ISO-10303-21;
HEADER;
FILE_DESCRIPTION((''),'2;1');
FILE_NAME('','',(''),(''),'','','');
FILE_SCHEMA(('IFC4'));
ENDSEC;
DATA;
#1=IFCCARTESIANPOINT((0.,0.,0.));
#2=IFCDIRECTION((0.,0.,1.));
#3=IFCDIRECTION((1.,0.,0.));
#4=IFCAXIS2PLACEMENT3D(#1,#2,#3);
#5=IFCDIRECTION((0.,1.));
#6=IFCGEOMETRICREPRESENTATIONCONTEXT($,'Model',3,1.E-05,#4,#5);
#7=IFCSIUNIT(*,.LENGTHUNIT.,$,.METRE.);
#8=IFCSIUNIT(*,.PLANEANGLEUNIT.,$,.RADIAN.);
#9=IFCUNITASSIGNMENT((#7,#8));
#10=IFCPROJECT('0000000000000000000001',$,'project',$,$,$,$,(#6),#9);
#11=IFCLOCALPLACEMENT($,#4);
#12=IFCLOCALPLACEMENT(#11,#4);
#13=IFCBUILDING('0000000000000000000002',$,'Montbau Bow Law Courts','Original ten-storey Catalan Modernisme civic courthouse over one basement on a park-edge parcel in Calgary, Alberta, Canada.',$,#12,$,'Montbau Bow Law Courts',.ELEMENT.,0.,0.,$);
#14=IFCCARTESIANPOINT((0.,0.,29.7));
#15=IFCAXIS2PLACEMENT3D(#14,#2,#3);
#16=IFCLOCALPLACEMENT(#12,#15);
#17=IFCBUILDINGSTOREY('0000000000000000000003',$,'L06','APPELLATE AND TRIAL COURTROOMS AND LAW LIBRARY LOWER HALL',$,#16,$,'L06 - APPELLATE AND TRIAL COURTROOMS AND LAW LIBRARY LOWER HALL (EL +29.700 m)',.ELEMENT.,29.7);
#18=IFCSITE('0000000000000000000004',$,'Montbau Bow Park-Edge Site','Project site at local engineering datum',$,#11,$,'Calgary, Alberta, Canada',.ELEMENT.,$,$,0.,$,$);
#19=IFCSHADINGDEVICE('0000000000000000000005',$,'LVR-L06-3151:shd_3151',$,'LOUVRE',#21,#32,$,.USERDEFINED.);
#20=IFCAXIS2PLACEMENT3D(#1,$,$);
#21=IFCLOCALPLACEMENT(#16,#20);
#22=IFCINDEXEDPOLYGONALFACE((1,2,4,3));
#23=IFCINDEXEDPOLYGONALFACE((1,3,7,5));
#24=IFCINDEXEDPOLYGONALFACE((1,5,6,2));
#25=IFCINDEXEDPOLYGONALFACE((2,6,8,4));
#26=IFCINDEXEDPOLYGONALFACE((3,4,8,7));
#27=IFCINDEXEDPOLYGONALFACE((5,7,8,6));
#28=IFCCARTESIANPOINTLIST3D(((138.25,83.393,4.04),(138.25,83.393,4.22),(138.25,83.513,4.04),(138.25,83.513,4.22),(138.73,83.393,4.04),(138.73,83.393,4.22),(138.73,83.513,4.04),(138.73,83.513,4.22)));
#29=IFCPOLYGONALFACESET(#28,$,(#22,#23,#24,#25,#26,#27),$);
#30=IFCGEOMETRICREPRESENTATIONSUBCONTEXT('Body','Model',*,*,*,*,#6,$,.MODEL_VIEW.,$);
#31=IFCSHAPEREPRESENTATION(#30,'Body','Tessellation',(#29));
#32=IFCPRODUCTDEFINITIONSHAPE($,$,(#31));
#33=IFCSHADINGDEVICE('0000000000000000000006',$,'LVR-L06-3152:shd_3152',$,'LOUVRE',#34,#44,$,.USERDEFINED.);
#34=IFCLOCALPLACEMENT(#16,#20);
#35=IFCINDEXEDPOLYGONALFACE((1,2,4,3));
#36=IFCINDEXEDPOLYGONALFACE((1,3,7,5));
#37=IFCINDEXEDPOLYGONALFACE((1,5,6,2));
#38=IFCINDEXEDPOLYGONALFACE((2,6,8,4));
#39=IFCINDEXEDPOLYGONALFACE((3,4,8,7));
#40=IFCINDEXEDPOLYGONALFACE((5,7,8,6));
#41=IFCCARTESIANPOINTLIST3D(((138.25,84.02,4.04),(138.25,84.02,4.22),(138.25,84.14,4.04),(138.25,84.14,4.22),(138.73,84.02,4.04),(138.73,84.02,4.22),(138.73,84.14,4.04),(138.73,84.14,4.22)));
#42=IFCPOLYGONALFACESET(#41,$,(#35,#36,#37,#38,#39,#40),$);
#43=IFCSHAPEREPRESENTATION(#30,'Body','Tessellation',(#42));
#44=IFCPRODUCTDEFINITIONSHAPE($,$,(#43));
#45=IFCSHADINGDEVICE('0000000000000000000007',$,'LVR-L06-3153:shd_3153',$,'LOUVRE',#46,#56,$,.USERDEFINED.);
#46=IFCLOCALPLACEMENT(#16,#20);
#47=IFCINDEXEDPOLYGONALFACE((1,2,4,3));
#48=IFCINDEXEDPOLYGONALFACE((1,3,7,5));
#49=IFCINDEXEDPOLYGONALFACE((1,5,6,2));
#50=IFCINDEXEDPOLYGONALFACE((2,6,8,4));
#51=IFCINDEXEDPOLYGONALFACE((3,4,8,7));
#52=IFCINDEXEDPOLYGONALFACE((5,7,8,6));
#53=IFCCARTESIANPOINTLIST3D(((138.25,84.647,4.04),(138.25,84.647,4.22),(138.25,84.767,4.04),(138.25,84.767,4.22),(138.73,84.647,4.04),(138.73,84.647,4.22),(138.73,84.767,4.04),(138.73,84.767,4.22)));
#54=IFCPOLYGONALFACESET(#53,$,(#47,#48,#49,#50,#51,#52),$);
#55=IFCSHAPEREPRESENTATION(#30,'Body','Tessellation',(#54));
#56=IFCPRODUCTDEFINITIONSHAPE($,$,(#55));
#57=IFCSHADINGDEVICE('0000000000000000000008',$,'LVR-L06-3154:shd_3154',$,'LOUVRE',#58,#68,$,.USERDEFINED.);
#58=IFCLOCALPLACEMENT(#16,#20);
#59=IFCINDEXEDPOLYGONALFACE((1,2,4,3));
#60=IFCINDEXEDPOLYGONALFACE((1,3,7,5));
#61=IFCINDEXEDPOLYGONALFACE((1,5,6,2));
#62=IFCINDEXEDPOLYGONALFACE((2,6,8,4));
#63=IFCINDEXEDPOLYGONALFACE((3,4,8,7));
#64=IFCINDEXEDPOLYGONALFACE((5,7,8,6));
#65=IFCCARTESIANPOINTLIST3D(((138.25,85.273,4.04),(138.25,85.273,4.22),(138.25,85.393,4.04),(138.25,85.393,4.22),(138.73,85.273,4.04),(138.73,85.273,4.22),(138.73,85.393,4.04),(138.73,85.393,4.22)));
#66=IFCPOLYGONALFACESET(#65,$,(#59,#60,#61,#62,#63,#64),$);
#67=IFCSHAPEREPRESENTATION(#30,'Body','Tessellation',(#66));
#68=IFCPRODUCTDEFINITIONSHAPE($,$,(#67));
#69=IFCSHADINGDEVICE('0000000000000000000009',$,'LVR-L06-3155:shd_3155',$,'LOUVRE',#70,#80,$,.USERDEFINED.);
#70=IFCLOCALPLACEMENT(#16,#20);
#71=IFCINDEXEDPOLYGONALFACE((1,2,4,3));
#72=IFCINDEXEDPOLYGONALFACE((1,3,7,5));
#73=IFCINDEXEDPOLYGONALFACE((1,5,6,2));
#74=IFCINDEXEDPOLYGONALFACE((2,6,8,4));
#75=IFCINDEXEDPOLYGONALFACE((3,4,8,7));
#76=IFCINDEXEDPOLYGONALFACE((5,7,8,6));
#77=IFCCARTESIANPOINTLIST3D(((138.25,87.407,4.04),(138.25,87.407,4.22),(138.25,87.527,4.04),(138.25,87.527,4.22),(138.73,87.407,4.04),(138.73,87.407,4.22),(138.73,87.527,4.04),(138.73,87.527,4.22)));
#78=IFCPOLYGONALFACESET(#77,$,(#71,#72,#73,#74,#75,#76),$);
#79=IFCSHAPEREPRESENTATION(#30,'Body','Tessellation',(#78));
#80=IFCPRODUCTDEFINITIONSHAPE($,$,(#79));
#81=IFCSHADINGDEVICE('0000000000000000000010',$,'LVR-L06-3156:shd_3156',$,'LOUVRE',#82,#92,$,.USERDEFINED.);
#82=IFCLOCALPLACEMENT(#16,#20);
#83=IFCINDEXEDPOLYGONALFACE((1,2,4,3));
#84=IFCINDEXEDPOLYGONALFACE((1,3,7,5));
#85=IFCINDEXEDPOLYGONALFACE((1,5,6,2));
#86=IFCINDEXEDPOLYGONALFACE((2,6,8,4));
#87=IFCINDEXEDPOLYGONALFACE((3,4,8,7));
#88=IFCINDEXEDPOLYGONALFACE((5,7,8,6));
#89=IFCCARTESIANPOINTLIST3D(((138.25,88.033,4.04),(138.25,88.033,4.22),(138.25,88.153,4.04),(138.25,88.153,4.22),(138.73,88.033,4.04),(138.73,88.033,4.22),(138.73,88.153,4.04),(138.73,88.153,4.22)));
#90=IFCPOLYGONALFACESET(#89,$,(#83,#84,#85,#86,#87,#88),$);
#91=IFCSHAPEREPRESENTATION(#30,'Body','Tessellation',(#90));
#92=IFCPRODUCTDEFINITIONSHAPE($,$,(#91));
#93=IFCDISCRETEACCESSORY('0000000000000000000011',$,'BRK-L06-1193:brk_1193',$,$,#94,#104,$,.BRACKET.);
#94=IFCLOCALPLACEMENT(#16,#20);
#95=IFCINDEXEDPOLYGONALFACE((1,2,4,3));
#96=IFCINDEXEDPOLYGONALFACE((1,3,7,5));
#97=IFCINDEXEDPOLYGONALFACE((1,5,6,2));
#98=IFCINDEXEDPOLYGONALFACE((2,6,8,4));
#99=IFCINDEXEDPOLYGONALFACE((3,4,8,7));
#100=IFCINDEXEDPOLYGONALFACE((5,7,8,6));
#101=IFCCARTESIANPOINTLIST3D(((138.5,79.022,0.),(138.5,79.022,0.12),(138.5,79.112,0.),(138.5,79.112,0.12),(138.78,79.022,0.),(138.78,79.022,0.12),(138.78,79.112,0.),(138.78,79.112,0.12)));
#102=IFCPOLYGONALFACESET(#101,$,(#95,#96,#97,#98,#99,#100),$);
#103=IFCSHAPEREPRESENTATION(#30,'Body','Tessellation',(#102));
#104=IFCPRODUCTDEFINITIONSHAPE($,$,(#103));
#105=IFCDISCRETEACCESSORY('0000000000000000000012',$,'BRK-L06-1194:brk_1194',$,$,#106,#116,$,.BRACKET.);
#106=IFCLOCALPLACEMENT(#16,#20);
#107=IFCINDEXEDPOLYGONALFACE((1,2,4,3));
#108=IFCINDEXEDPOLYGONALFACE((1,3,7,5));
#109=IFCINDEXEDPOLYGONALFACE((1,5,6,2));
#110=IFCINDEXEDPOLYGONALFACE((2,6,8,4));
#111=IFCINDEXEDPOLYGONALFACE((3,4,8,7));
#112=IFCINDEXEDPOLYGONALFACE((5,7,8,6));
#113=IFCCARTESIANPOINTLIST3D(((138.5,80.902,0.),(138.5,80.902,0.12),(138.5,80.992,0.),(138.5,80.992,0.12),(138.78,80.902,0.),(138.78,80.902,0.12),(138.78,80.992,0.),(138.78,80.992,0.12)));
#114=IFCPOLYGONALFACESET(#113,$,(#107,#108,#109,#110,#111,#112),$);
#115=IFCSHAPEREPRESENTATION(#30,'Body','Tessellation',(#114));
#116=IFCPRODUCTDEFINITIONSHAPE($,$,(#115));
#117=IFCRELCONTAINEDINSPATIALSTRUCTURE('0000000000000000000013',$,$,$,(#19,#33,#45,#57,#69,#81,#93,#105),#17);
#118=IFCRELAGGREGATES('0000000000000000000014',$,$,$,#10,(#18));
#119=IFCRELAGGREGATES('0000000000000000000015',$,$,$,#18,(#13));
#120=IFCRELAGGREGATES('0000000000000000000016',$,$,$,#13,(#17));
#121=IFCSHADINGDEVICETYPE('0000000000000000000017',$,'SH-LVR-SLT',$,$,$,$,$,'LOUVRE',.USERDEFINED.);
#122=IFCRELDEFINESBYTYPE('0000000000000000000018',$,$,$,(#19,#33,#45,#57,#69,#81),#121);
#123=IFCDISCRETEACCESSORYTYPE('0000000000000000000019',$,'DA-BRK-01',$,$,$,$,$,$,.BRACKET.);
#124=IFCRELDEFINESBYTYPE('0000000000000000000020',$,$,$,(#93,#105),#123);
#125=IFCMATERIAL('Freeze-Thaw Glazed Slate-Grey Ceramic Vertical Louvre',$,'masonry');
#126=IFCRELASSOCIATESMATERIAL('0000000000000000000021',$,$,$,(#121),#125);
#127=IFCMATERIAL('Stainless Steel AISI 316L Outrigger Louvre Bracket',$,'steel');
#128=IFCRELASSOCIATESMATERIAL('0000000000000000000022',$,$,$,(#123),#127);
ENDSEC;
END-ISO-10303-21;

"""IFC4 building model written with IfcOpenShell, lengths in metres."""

from ifc_helpers import new_model, si_unit, direction, frame, origin_with_axes, origin_2d_with_axis, place, context, subcontext, project, spatial, rectangle, extrude, material, type_object, element, save


model = new_model("IFC4")

# Units and contexts
model_context = context("Model", 3, precision=1e-05, world=origin_with_axes(), true_north=direction((0.0, 1.0)))
body_context = subcontext(model_context, "Body", "Model", "MODEL_VIEW")
ifc_project = project(units=[si_unit("LENGTHUNIT", "METRE"), si_unit("PLANEANGLEUNIT", "RADIAN")], contexts=[model_context])

# Site, building, storey
site_placement = place(None, origin_with_axes())
site = spatial("IfcSite", under=ifc_project, at=site_placement, Name="Montbau Bow Park-Edge Site", Description="Project site at local engineering datum", LongName="Calgary, Alberta, Canada", CompositionType="ELEMENT", RefElevation=0.0)
building_placement = place(site_placement, origin_with_axes())
building = spatial("IfcBuilding", under=site, at=building_placement, Name="Montbau Bow Law Courts", Description="Original ten-storey Catalan Modernisme civic courthouse over one basement on a park-edge parcel in Calgary, Alberta, Canada.", LongName="Montbau Bow Law Courts", CompositionType="ELEMENT", ElevationOfRefHeight=0.0, ElevationOfTerrain=0.0)
storey_placement = place(building_placement, frame((0.0, 0.0, 29.7), z_axis=(0.0, 0.0, 1.0), x_axis=(1.0, 0.0, 0.0)))
storey = spatial("IfcBuildingStorey", under=building, at=storey_placement, Name="L06", Description="APPELLATE AND TRIAL COURTROOMS AND LAW LIBRARY LOWER HALL", LongName="L06 - APPELLATE AND TRIAL COURTROOMS AND LAW LIBRARY LOWER HALL (EL +29.700 m)", CompositionType="ELEMENT", Elevation=29.7)

# Shading devices
ifc_material_1 = material(Name="Freeze-Thaw Glazed Slate-Grey Ceramic Vertical Louvre", Category="masonry")
shading_device_type_1 = type_object("IfcShadingDeviceType", Name="SH-LVR-SLT", ElementType="LOUVRE", PredefinedType="USERDEFINED", material=ifc_material_1)
for number, where, z_axis, x_axis, name in (
    (1, (138.49, 83.453, 33.74), (0.0, 0.0, 1.0), (-1.0, 0.0, 0.0), "LVR-L06-3151:shd_3151"),
    (2, (138.49, 84.08, 33.74), (0.0, 0.0, 1.0), (-1.0, 0.0, 0.0), "LVR-L06-3152:shd_3152"),
    (3, (138.49, 84.707, 33.74), (0.0, 0.0, 1.0), (-1.0, 0.0, 0.0), "LVR-L06-3153:shd_3153"),
    (4, (138.49, 85.333, 33.74), (0.0, 0.0, 1.0), (-1.0, 0.0, 0.0), "LVR-L06-3154:shd_3154"),
    (5, (138.49, 87.467, 33.74), (0.0, 0.0, 1.0), (-1.0, 0.0, 0.0), "LVR-L06-3155:shd_3155"),
    (6, (138.49, 88.093, 33.74), (0.0, 0.0, 1.0), (-1.0, 0.0, 0.0), "LVR-L06-3156:shd_3156"),
):
    element("IfcShadingDevice", number, at=place(None, frame(where, z_axis=z_axis, x_axis=x_axis)), inside=storey, type_object=shading_device_type_1, Name=name, ObjectType="LOUVRE", PredefinedType="USERDEFINED", context=body_context, shape_type="SweptSolid", body=[
        extrude(rectangle(XDim=0.48, YDim=0.12, at=origin_2d_with_axis()), origin_with_axes(), (0.0, 0.0, 1.0), 0.18),
    ])

# Discrete accessories
ifc_material_2 = material(Name="Stainless Steel AISI 316L Outrigger Louvre Bracket", Category="steel")
discrete_accessory_type = type_object("IfcDiscreteAccessoryType", Name="DA-BRK-01", PredefinedType="BRACKET", material=ifc_material_2)
for number, where, z_axis, x_axis, name in (
    (7, (138.64, 79.067, 29.7), (0.0, 0.0, 1.0), (-1.0, 0.0, 0.0), "BRK-L06-1193:brk_1193"),
    (8, (138.64, 80.947, 29.7), (0.0, 0.0, 1.0), (-1.0, 0.0, 0.0), "BRK-L06-1194:brk_1194"),
):
    element("IfcDiscreteAccessory", number, at=place(None, frame(where, z_axis=z_axis, x_axis=x_axis)), inside=storey, type_object=discrete_accessory_type, Name=name, PredefinedType="BRACKET", context=body_context, shape_type="SweptSolid", body=[
        extrude(rectangle(XDim=0.28, YDim=0.09, at=origin_2d_with_axis()), origin_with_axes(), (0.0, 0.0, 1.0), 0.12),
    ])

save(model, "model.ifc")
